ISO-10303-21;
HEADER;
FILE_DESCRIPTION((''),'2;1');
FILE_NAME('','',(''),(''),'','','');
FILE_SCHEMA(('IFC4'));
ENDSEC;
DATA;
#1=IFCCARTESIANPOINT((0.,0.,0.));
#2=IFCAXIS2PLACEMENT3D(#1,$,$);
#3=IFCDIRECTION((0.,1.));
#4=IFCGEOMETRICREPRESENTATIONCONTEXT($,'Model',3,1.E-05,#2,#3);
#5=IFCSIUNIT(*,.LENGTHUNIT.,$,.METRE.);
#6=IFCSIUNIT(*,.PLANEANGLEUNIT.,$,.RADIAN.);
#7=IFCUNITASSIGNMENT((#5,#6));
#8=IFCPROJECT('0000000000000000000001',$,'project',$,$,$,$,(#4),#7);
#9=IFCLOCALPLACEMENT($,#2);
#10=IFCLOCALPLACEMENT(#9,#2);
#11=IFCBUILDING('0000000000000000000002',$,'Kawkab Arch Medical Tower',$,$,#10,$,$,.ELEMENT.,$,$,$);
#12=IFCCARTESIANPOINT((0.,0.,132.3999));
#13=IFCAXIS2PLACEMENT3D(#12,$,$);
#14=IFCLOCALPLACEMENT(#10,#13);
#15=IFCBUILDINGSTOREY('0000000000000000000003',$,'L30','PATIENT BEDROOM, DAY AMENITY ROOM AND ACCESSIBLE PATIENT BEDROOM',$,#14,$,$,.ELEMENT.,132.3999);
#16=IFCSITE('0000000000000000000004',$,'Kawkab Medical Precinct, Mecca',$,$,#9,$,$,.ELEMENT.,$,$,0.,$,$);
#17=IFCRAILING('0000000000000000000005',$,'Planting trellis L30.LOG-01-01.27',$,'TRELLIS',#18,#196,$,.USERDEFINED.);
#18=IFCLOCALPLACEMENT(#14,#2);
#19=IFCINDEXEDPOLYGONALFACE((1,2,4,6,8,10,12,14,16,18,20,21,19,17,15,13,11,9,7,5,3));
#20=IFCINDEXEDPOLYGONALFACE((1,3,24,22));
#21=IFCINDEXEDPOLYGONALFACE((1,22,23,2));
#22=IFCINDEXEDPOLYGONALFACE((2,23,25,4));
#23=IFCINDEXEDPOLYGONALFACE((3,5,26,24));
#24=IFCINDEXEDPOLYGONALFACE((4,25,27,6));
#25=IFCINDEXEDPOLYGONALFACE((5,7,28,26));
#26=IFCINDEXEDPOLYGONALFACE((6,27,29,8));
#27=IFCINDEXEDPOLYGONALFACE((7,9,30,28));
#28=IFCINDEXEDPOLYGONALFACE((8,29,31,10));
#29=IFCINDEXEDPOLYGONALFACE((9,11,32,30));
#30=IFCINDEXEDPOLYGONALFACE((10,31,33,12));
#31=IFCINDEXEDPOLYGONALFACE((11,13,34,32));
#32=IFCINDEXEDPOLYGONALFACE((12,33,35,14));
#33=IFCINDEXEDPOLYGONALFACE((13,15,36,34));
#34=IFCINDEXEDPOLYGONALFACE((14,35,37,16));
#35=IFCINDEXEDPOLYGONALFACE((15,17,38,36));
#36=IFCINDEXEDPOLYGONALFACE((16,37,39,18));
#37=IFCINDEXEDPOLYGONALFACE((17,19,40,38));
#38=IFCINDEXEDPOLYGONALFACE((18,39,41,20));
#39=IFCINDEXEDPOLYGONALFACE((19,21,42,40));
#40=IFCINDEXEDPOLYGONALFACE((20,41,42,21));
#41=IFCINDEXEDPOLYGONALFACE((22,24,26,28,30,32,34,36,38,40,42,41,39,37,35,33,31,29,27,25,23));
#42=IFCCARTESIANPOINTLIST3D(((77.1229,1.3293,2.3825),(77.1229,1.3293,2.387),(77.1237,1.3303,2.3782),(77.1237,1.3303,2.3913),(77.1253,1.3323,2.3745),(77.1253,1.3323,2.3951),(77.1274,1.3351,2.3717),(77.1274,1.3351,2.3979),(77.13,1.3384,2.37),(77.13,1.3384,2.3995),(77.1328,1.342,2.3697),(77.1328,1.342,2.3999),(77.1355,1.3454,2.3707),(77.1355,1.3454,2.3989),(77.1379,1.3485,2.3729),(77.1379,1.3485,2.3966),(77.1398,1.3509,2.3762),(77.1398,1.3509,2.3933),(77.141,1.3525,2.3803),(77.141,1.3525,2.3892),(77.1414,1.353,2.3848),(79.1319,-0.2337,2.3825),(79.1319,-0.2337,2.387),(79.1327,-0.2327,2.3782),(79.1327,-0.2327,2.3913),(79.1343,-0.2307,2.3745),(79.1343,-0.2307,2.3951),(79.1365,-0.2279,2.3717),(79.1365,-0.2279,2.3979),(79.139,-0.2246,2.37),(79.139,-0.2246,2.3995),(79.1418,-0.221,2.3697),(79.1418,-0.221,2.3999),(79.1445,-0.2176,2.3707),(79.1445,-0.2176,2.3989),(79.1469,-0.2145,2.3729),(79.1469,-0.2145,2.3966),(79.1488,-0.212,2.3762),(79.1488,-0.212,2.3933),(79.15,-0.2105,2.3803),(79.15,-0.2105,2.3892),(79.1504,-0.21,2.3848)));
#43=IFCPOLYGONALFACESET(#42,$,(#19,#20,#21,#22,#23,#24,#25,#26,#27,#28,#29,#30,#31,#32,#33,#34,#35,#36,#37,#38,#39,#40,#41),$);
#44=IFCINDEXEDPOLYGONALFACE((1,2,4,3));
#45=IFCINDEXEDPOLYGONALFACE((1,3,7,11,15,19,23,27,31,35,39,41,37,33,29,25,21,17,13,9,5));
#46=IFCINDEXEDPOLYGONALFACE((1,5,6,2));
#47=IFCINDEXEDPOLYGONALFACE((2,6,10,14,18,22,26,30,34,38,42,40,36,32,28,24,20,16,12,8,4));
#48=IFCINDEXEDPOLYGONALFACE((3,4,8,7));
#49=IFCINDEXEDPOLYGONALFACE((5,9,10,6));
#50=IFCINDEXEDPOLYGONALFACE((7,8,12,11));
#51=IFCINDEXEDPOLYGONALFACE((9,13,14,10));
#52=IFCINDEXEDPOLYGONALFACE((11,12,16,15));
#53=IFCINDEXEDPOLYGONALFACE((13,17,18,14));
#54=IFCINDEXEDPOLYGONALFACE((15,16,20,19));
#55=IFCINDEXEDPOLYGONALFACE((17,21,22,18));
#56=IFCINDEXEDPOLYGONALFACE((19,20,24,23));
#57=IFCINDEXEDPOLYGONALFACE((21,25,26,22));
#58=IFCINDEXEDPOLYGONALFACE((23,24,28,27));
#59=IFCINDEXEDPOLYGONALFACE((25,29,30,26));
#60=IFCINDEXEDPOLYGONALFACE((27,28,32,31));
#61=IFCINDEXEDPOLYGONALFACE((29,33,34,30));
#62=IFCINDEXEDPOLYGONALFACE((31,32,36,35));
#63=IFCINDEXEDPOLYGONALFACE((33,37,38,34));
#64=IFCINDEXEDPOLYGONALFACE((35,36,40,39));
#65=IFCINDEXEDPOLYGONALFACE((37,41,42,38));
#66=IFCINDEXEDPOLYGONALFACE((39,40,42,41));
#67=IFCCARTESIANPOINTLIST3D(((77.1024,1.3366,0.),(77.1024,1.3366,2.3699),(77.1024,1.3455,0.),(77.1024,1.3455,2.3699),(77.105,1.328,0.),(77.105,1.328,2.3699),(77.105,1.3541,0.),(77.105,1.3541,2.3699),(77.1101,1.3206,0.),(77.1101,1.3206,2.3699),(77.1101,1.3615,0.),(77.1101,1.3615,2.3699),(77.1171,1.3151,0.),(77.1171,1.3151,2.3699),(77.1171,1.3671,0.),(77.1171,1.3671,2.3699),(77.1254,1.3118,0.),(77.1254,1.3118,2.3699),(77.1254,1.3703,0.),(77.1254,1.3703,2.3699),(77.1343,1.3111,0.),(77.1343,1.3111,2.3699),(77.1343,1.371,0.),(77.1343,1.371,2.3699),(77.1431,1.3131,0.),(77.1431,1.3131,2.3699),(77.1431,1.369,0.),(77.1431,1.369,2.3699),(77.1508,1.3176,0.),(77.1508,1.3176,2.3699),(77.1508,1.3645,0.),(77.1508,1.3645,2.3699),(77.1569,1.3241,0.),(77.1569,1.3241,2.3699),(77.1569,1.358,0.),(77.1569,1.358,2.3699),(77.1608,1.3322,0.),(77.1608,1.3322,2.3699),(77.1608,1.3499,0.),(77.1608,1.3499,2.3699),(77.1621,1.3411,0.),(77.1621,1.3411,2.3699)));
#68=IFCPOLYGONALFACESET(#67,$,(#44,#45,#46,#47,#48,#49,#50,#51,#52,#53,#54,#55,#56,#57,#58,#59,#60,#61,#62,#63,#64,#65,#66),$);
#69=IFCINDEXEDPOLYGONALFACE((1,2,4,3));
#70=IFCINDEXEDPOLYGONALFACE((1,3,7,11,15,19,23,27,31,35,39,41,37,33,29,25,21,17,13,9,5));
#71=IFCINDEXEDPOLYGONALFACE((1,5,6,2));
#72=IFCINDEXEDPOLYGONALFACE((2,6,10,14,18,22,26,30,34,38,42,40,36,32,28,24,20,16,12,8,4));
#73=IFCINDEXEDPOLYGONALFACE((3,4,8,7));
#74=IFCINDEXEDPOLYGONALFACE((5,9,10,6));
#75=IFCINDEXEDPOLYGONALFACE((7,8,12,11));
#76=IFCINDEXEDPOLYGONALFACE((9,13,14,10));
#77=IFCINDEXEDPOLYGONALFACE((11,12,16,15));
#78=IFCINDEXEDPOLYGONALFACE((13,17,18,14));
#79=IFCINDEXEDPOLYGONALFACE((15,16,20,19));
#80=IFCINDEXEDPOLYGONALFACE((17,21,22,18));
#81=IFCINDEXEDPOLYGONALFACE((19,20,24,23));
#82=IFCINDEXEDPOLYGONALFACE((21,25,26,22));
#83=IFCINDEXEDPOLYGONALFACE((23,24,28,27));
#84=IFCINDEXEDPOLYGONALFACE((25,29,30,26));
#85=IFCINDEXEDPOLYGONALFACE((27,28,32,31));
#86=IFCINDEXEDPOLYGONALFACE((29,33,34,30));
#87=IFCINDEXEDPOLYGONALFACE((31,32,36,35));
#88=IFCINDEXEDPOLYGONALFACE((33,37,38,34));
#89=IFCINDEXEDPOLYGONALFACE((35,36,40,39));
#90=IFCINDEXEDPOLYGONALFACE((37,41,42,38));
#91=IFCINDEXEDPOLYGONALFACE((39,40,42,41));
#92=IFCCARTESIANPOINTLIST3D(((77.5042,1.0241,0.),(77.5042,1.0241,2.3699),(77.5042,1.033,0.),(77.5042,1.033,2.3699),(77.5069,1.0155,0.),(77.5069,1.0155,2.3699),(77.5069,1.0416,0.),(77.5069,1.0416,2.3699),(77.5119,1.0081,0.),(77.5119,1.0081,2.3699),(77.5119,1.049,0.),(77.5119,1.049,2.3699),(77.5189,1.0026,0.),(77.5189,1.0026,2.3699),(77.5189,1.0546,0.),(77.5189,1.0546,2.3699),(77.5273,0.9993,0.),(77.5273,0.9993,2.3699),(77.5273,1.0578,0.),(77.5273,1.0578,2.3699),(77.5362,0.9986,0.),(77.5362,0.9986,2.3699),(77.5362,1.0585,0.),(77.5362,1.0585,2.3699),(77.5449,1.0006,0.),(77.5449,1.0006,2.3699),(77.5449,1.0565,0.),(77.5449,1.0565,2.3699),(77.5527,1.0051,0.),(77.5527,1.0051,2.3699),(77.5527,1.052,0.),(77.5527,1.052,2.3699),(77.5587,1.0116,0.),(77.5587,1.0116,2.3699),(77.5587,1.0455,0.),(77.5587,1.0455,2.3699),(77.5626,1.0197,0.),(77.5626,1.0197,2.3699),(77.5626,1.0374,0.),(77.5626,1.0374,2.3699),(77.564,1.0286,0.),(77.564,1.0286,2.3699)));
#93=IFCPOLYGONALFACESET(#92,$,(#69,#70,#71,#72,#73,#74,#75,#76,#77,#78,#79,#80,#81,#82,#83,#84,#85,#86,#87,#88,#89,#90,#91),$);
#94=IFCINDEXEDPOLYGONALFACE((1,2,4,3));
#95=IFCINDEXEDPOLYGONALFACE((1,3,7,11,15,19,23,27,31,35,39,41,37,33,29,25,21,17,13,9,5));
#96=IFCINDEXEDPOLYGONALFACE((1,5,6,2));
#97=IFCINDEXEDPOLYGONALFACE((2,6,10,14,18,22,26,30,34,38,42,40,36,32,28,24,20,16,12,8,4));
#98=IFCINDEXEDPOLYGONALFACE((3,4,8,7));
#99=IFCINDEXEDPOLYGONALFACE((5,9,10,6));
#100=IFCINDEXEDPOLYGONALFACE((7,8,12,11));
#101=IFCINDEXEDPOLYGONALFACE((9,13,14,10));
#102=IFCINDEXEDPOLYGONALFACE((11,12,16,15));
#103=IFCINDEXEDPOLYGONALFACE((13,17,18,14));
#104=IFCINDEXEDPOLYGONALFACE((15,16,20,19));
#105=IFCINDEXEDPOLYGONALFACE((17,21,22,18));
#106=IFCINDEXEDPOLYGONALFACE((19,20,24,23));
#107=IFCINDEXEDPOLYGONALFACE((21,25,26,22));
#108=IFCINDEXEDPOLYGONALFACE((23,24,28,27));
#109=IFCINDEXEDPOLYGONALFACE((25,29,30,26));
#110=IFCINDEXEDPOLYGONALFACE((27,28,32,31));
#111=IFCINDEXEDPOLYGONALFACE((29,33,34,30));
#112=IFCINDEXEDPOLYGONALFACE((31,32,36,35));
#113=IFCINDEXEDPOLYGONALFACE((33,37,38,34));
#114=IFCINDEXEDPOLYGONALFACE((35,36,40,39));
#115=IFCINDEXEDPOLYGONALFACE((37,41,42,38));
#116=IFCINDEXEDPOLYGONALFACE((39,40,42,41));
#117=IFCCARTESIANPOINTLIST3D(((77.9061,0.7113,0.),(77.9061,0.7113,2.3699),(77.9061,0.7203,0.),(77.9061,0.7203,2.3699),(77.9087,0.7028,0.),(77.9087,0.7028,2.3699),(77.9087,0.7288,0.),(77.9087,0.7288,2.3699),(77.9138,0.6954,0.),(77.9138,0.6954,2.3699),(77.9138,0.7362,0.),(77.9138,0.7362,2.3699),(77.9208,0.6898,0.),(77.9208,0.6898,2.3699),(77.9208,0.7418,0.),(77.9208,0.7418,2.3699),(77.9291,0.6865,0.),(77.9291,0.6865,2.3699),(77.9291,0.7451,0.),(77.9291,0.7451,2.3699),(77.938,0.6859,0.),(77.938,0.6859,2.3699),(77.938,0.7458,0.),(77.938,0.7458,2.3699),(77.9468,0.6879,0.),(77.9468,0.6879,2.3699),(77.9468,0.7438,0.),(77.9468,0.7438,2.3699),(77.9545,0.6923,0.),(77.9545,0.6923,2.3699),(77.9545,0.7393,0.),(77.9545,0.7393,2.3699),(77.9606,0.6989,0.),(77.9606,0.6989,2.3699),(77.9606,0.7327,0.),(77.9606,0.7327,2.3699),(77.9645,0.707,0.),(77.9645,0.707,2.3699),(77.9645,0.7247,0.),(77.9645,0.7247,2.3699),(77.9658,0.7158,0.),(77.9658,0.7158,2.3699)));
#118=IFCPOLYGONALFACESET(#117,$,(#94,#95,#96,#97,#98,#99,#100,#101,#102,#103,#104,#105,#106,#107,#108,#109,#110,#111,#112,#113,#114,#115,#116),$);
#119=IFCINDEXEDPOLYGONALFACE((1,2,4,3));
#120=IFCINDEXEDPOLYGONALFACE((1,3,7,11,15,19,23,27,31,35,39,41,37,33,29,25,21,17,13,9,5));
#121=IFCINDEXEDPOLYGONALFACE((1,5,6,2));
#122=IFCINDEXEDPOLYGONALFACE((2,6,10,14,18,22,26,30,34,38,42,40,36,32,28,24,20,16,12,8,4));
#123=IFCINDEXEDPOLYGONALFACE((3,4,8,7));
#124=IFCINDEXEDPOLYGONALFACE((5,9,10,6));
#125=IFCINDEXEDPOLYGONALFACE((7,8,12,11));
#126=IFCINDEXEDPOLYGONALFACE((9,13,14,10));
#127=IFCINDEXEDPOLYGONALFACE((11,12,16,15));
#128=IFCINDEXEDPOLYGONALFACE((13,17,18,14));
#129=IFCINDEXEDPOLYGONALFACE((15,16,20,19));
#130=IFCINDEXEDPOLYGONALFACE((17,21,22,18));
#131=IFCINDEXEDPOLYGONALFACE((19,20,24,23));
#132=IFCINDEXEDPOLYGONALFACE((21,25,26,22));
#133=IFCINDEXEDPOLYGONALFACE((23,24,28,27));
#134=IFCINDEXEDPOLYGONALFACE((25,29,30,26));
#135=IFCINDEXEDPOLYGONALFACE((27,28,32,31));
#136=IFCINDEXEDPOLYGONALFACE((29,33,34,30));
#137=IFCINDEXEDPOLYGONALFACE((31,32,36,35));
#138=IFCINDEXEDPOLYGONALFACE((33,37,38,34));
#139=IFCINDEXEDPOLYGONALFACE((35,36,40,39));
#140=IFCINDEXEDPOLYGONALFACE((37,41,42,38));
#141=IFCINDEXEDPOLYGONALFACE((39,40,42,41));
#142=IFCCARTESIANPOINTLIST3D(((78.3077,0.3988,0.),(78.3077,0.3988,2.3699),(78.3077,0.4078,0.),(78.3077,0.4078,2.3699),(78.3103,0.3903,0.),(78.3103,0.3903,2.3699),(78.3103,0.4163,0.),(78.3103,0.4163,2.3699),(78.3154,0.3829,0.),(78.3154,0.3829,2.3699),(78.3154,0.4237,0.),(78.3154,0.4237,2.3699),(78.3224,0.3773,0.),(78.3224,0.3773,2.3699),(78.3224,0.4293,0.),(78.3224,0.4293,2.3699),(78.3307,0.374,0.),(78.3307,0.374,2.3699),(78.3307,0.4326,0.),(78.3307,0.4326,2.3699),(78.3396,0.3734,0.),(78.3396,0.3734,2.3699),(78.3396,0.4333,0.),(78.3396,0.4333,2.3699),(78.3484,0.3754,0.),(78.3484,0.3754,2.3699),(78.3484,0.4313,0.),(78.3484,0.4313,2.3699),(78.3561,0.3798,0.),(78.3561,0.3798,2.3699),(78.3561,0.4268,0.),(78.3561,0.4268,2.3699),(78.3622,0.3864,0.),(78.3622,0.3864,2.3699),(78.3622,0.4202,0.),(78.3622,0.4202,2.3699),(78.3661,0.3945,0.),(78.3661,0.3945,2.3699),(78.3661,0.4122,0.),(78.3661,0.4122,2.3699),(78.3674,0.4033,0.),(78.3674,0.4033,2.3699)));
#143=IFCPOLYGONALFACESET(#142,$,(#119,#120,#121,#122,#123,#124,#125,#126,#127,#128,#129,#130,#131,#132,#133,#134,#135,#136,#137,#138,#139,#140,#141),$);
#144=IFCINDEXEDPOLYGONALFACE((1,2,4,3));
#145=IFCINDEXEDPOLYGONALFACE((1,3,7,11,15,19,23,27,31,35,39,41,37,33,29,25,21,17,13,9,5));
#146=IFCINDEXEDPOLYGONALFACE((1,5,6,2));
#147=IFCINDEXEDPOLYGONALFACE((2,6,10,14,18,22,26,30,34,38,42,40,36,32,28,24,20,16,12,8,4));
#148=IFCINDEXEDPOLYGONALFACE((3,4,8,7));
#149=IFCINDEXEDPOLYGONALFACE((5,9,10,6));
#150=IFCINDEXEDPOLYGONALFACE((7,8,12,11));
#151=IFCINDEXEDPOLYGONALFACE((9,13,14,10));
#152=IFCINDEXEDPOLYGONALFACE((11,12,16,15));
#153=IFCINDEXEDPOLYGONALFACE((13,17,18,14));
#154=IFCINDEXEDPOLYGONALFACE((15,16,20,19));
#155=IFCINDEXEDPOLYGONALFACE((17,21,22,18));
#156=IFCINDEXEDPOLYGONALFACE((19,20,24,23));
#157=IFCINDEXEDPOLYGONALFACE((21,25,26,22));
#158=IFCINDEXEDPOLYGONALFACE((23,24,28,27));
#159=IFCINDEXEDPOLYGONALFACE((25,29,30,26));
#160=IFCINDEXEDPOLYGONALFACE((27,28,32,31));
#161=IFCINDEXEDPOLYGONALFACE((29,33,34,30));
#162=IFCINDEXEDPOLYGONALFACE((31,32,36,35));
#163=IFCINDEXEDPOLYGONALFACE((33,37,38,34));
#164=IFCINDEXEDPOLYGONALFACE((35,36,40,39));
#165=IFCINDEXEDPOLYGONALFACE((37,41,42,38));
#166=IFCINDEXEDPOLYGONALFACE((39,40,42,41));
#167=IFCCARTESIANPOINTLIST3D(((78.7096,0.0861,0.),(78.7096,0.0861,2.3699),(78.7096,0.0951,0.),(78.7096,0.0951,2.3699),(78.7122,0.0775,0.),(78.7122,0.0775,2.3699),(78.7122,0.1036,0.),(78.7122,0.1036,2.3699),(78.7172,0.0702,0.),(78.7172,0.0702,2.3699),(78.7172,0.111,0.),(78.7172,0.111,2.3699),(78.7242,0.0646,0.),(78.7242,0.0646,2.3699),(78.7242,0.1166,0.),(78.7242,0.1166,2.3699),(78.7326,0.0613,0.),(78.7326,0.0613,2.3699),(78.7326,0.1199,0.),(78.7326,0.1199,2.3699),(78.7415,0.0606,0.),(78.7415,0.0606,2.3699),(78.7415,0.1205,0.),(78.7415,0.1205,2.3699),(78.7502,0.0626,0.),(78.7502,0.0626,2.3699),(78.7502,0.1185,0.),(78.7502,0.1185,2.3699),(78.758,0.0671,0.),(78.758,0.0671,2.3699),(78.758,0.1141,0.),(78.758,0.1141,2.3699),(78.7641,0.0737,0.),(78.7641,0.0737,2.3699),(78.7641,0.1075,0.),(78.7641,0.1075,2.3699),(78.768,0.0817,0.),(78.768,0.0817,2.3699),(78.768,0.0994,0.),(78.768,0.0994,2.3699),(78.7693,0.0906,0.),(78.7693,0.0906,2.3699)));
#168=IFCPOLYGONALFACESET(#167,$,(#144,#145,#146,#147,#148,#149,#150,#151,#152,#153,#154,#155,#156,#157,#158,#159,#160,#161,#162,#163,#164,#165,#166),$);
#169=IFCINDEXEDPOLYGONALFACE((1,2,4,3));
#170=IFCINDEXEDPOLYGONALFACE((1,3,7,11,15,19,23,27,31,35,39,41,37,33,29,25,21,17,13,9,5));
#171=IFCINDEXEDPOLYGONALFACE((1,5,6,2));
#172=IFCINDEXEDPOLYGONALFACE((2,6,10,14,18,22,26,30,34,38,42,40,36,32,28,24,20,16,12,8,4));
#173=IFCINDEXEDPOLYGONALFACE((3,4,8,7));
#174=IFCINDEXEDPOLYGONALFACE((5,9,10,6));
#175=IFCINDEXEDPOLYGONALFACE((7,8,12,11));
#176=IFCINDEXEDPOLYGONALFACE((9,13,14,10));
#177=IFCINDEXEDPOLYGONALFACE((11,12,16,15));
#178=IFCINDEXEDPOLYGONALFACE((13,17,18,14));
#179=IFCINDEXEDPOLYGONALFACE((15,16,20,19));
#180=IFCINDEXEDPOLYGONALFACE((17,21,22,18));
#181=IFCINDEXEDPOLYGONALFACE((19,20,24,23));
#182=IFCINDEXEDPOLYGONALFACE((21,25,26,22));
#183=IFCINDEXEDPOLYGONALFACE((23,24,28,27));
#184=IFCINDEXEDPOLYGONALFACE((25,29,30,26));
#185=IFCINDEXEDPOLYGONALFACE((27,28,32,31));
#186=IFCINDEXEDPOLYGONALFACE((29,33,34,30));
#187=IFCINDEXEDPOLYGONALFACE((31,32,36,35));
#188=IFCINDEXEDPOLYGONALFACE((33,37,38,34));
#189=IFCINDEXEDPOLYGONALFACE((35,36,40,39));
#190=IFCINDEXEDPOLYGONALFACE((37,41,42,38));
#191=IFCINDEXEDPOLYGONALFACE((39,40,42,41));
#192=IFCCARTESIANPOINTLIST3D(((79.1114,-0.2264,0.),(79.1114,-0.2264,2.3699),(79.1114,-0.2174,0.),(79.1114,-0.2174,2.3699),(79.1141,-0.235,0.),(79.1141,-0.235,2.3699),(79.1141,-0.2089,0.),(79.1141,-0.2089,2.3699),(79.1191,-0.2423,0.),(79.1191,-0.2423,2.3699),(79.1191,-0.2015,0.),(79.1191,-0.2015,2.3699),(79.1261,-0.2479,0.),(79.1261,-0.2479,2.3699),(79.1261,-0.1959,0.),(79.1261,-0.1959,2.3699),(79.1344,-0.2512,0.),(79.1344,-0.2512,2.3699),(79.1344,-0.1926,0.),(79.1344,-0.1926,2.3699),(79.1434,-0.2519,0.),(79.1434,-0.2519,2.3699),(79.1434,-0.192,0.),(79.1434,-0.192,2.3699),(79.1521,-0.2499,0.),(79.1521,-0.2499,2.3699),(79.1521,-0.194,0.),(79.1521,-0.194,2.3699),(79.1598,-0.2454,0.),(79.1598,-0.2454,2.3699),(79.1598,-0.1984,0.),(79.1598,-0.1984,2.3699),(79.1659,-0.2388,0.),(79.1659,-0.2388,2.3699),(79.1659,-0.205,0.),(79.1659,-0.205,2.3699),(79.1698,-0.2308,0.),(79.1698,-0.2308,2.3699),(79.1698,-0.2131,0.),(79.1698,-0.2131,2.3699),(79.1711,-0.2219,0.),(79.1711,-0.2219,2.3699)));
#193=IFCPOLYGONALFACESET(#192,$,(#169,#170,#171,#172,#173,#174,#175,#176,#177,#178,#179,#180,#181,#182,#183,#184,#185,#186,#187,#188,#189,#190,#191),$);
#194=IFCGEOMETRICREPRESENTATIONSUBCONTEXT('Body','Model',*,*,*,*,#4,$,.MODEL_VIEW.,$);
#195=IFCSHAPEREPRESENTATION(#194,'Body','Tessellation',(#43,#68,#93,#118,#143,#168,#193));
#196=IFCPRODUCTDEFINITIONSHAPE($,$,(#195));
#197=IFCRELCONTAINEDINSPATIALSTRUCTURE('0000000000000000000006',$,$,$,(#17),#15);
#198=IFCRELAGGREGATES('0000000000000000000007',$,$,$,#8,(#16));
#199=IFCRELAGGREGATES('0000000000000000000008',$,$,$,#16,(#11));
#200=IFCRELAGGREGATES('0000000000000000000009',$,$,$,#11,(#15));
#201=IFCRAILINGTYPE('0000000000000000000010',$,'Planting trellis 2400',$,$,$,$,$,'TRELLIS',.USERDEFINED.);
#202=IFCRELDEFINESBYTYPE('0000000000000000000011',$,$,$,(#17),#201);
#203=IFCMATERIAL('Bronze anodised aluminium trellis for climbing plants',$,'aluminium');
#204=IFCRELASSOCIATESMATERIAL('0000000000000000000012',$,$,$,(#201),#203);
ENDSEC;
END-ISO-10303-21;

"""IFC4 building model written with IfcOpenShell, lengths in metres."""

from ifc_helpers import new_model, si_unit, direction, frame, origin, origin_2d, place, context, subcontext, project, spatial, circle, extrude, material, type_object, element, save


model = new_model("IFC4")

# Units and contexts
model_context = context("Model", 3, precision=1e-05, world=origin(), true_north=direction((0.0, 1.0)))
body_context = subcontext(model_context, "Body", "Model", "MODEL_VIEW")
ifc_project = project(units=[si_unit("LENGTHUNIT", "METRE"), si_unit("PLANEANGLEUNIT", "RADIAN")], contexts=[model_context])

# Site, building, storey
site_placement = place(None, origin())
site = spatial("IfcSite", under=ifc_project, at=site_placement, Name="Kawkab Medical Precinct, Mecca", CompositionType="ELEMENT", RefElevation=0.0)
building_placement = place(site_placement, origin())
building = spatial("IfcBuilding", under=site, at=building_placement, Name="Kawkab Arch Medical Tower", CompositionType="ELEMENT")
storey_placement = place(building_placement, frame((0.0, 0.0, 132.3999)))
storey = spatial("IfcBuildingStorey", under=building, at=storey_placement, Name="L30", Description="PATIENT BEDROOM, DAY AMENITY ROOM AND ACCESSIBLE PATIENT BEDROOM", CompositionType="ELEMENT", Elevation=132.3999)

# Railing
ifc_material_1 = material(Name="Bronze anodised aluminium trellis for climbing plants", Category="aluminium")
railing_type = type_object("IfcRailingType", Name="Planting trellis 2400", ElementType="TRELLIS", PredefinedType="USERDEFINED", material=ifc_material_1)
railing_1_placement = place(storey_placement, frame((77.1321, 1.3411, 0.0)))
element("IfcRailing", 1, at=railing_1_placement, inside=storey, type_object=railing_type, Name="Planting trellis L30.LOG-01-01.27", ObjectType="TRELLIS", PredefinedType="USERDEFINED", context=body_context, shape_type="SweptSolid", body=[
    extrude(circle(Radius=0.0151, at=origin_2d()), frame((0.0, 0.0, 2.3848), z_axis=(0.789275, -0.61404, 0.0), x_axis=(0.61404, 0.789275, 0.0)), (0.0, 0.0, 1.0), 2.5454),
    extrude(circle(Radius=0.03, at=origin_2d()), origin(), (0.0, 0.0, 1.0), 2.3699),
    extrude(circle(Radius=0.03, at=origin_2d()), frame((0.4019, -0.3125, 0.0)), (0.0, 0.0, 1.0), 2.3699),
    extrude(circle(Radius=0.03, at=origin_2d()), frame((0.8037, -0.6252, 0.0)), (0.0, 0.0, 1.0), 2.3699),
    extrude(circle(Radius=0.03, at=origin_2d()), frame((1.2053, -0.9377, 0.0)), (0.0, 0.0, 1.0), 2.3699),
    extrude(circle(Radius=0.03, at=origin_2d()), frame((1.6072, -1.2505, 0.0)), (0.0, 0.0, 1.0), 2.3699),
    extrude(circle(Radius=0.03, at=origin_2d()), frame((2.009, -1.563, 0.0)), (0.0, 0.0, 1.0), 2.3699),
])

save(model, "model.ifc")
